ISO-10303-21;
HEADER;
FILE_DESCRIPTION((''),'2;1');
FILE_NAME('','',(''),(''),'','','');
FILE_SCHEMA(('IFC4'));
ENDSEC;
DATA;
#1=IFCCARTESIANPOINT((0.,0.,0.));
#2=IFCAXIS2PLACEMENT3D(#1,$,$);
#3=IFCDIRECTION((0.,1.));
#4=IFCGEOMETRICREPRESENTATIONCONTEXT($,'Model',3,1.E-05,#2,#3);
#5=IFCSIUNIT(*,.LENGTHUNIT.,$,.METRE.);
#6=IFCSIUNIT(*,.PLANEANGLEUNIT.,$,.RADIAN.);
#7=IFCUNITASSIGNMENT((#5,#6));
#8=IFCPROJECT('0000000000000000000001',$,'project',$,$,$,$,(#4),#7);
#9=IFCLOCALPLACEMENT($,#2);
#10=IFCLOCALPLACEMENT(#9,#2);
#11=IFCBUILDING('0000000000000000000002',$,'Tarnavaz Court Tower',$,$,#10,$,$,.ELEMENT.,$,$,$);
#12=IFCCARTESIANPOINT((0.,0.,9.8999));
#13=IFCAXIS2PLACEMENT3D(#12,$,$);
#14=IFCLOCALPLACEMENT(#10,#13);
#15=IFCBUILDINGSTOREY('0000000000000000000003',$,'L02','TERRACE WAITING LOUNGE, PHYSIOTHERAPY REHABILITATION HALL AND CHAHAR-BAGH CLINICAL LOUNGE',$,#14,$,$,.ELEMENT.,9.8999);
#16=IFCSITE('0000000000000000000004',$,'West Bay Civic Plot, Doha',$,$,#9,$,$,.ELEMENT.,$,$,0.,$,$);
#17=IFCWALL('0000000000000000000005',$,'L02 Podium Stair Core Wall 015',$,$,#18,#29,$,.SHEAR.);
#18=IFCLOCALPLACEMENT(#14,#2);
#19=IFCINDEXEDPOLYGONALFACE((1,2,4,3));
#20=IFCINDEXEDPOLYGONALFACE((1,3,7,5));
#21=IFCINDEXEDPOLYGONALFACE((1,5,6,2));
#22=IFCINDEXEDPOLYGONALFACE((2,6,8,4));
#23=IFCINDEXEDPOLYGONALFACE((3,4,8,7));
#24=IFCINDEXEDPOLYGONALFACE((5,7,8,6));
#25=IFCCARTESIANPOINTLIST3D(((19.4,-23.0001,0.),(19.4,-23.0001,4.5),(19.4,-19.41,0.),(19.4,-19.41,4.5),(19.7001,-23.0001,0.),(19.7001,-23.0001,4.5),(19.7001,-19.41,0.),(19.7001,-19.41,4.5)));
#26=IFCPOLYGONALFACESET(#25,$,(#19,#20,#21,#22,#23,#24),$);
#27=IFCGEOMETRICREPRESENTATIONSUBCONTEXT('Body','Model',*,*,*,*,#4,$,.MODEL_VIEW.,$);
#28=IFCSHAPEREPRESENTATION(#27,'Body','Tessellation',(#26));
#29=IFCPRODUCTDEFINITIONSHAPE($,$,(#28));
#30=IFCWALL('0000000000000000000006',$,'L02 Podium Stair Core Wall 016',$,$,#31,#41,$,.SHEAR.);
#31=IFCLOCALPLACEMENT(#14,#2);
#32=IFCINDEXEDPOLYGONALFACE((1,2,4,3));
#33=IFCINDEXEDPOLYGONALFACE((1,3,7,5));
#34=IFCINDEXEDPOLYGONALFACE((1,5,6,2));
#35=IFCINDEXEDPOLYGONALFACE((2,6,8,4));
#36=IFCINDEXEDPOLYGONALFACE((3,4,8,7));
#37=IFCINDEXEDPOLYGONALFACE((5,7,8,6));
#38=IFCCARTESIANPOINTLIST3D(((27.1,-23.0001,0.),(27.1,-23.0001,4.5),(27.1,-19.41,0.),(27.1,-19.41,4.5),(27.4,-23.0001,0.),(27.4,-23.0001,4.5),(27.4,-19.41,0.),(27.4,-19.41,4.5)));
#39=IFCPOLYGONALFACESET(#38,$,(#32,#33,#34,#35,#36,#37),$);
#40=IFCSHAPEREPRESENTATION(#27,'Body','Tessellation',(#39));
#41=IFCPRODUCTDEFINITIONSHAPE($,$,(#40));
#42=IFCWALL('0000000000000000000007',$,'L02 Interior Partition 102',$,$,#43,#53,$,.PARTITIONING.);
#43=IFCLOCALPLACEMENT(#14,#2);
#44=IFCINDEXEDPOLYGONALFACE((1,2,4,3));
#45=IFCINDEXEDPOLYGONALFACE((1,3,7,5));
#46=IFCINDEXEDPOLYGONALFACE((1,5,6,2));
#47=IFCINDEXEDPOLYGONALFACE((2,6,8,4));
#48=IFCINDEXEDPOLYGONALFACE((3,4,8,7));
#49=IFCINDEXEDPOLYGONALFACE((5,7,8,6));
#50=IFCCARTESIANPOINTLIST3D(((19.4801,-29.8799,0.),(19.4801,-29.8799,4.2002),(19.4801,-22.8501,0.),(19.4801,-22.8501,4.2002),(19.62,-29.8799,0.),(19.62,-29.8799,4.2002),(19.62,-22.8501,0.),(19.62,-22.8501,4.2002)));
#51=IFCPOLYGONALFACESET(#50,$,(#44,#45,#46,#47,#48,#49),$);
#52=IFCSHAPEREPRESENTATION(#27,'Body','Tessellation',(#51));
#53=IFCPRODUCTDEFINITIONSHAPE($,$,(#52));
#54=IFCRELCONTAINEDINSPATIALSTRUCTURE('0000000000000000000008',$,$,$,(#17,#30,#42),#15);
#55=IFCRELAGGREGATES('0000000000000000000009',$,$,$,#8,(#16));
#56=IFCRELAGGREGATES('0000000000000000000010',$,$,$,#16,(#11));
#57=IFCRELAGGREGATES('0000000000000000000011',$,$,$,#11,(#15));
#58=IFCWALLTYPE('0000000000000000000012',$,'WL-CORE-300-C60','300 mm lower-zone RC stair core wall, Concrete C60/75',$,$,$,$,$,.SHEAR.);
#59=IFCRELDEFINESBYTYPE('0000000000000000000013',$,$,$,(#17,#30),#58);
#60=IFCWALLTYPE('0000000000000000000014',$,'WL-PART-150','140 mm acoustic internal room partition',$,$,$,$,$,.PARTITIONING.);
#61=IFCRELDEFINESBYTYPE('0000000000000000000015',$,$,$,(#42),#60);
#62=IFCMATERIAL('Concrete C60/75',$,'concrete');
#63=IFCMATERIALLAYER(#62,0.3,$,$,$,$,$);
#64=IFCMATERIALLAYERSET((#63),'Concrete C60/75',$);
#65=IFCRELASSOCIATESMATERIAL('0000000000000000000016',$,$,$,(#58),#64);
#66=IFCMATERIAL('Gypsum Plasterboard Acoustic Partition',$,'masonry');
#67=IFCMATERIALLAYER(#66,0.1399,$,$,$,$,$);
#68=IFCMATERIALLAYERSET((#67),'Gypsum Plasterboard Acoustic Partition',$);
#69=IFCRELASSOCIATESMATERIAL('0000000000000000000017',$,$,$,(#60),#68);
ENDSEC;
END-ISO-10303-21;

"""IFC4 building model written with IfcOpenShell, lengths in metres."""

from ifc_helpers import new_model, si_unit, direction, frame, frame_2d, origin, place, context, subcontext, project, spatial, rectangle, extrude, material, layer, layer_set, type_object, element, save


model = new_model("IFC4")

# Units and contexts
model_context = context("Model", 3, precision=1e-05, world=origin(), true_north=direction((0.0, 1.0)))
body_context = subcontext(model_context, "Body", "Model", "MODEL_VIEW")
ifc_project = project(units=[si_unit("LENGTHUNIT", "METRE"), si_unit("PLANEANGLEUNIT", "RADIAN")], contexts=[model_context])

# Site, building, storey
site_placement = place(None, origin())
site = spatial("IfcSite", under=ifc_project, at=site_placement, Name="West Bay Civic Plot, Doha", CompositionType="ELEMENT", RefElevation=0.0)
building_placement = place(site_placement, origin())
building = spatial("IfcBuilding", under=site, at=building_placement, Name="Tarnavaz Court Tower", CompositionType="ELEMENT")
storey_placement = place(building_placement, frame((0.0, 0.0, 9.8999)))
storey = spatial("IfcBuildingStorey", under=building, at=storey_placement, Name="L02", Description="TERRACE WAITING LOUNGE, PHYSIOTHERAPY REHABILITATION HALL AND CHAHAR-BAGH CLINICAL LOUNGE", CompositionType="ELEMENT", Elevation=9.8999)

# Shared definitions
ifc_material_1 = material(Name="Concrete C60/75", Category="concrete")

# Walls
ifc_layer_1 = layer(ifc_material_1, 0.3)
ifc_layer_set_1 = layer_set([ifc_layer_1], Name="Concrete C60/75")
wall_type_1 = type_object("IfcWallType", Name="WL-CORE-300-C60", Description="300 mm lower-zone RC stair core wall, Concrete C60/75", PredefinedType="SHEAR", material=ifc_layer_set_1)
for number, where, z_axis, x_axis, name in (
    (1, (19.55, -23.0, 0.0), (0.0, 0.0, 1.0), (0.0, 1.0, 0.0), "L02 Podium Stair Core Wall 015"),
    (2, (27.25, -23.0, 0.0), (0.0, 0.0, 1.0), (0.0, 1.0, 0.0), "L02 Podium Stair Core Wall 016"),
):
    element("IfcWall", number, at=place(storey_placement, frame(where, z_axis=z_axis, x_axis=x_axis)), inside=storey, type_object=wall_type_1, Name=name, PredefinedType="SHEAR", context=body_context, shape_type="SweptSolid", body=[
        extrude(rectangle(XDim=3.5901, YDim=0.3, at=frame_2d((1.7949, 0.0))), origin(), (0.0, 0.0, 1.0), 4.5),
    ])
ifc_material_2 = material(Name="Gypsum Plasterboard Acoustic Partition", Category="masonry")
ifc_layer_2 = layer(ifc_material_2, 0.1399)
ifc_layer_set_2 = layer_set([ifc_layer_2], Name="Gypsum Plasterboard Acoustic Partition")
wall_type_2 = type_object("IfcWallType", Name="WL-PART-150", Description="140 mm acoustic internal room partition", PredefinedType="PARTITIONING", material=ifc_layer_set_2)
wall_1_placement = place(storey_placement, frame((19.55, -29.8799, 0.0), z_axis=(0.0, 0.0, 1.0), x_axis=(0.0, 1.0, 0.0)))
element("IfcWall", 3, at=wall_1_placement, inside=storey, type_object=wall_type_2, Name="L02 Interior Partition 102", PredefinedType="PARTITIONING", context=body_context, shape_type="SweptSolid", body=[
    extrude(rectangle(XDim=7.0298, YDim=0.1399, at=frame_2d((3.5149, 0.0))), origin(), (0.0, 0.0, 1.0), 4.2002),
])

save(model, "model.ifc")
